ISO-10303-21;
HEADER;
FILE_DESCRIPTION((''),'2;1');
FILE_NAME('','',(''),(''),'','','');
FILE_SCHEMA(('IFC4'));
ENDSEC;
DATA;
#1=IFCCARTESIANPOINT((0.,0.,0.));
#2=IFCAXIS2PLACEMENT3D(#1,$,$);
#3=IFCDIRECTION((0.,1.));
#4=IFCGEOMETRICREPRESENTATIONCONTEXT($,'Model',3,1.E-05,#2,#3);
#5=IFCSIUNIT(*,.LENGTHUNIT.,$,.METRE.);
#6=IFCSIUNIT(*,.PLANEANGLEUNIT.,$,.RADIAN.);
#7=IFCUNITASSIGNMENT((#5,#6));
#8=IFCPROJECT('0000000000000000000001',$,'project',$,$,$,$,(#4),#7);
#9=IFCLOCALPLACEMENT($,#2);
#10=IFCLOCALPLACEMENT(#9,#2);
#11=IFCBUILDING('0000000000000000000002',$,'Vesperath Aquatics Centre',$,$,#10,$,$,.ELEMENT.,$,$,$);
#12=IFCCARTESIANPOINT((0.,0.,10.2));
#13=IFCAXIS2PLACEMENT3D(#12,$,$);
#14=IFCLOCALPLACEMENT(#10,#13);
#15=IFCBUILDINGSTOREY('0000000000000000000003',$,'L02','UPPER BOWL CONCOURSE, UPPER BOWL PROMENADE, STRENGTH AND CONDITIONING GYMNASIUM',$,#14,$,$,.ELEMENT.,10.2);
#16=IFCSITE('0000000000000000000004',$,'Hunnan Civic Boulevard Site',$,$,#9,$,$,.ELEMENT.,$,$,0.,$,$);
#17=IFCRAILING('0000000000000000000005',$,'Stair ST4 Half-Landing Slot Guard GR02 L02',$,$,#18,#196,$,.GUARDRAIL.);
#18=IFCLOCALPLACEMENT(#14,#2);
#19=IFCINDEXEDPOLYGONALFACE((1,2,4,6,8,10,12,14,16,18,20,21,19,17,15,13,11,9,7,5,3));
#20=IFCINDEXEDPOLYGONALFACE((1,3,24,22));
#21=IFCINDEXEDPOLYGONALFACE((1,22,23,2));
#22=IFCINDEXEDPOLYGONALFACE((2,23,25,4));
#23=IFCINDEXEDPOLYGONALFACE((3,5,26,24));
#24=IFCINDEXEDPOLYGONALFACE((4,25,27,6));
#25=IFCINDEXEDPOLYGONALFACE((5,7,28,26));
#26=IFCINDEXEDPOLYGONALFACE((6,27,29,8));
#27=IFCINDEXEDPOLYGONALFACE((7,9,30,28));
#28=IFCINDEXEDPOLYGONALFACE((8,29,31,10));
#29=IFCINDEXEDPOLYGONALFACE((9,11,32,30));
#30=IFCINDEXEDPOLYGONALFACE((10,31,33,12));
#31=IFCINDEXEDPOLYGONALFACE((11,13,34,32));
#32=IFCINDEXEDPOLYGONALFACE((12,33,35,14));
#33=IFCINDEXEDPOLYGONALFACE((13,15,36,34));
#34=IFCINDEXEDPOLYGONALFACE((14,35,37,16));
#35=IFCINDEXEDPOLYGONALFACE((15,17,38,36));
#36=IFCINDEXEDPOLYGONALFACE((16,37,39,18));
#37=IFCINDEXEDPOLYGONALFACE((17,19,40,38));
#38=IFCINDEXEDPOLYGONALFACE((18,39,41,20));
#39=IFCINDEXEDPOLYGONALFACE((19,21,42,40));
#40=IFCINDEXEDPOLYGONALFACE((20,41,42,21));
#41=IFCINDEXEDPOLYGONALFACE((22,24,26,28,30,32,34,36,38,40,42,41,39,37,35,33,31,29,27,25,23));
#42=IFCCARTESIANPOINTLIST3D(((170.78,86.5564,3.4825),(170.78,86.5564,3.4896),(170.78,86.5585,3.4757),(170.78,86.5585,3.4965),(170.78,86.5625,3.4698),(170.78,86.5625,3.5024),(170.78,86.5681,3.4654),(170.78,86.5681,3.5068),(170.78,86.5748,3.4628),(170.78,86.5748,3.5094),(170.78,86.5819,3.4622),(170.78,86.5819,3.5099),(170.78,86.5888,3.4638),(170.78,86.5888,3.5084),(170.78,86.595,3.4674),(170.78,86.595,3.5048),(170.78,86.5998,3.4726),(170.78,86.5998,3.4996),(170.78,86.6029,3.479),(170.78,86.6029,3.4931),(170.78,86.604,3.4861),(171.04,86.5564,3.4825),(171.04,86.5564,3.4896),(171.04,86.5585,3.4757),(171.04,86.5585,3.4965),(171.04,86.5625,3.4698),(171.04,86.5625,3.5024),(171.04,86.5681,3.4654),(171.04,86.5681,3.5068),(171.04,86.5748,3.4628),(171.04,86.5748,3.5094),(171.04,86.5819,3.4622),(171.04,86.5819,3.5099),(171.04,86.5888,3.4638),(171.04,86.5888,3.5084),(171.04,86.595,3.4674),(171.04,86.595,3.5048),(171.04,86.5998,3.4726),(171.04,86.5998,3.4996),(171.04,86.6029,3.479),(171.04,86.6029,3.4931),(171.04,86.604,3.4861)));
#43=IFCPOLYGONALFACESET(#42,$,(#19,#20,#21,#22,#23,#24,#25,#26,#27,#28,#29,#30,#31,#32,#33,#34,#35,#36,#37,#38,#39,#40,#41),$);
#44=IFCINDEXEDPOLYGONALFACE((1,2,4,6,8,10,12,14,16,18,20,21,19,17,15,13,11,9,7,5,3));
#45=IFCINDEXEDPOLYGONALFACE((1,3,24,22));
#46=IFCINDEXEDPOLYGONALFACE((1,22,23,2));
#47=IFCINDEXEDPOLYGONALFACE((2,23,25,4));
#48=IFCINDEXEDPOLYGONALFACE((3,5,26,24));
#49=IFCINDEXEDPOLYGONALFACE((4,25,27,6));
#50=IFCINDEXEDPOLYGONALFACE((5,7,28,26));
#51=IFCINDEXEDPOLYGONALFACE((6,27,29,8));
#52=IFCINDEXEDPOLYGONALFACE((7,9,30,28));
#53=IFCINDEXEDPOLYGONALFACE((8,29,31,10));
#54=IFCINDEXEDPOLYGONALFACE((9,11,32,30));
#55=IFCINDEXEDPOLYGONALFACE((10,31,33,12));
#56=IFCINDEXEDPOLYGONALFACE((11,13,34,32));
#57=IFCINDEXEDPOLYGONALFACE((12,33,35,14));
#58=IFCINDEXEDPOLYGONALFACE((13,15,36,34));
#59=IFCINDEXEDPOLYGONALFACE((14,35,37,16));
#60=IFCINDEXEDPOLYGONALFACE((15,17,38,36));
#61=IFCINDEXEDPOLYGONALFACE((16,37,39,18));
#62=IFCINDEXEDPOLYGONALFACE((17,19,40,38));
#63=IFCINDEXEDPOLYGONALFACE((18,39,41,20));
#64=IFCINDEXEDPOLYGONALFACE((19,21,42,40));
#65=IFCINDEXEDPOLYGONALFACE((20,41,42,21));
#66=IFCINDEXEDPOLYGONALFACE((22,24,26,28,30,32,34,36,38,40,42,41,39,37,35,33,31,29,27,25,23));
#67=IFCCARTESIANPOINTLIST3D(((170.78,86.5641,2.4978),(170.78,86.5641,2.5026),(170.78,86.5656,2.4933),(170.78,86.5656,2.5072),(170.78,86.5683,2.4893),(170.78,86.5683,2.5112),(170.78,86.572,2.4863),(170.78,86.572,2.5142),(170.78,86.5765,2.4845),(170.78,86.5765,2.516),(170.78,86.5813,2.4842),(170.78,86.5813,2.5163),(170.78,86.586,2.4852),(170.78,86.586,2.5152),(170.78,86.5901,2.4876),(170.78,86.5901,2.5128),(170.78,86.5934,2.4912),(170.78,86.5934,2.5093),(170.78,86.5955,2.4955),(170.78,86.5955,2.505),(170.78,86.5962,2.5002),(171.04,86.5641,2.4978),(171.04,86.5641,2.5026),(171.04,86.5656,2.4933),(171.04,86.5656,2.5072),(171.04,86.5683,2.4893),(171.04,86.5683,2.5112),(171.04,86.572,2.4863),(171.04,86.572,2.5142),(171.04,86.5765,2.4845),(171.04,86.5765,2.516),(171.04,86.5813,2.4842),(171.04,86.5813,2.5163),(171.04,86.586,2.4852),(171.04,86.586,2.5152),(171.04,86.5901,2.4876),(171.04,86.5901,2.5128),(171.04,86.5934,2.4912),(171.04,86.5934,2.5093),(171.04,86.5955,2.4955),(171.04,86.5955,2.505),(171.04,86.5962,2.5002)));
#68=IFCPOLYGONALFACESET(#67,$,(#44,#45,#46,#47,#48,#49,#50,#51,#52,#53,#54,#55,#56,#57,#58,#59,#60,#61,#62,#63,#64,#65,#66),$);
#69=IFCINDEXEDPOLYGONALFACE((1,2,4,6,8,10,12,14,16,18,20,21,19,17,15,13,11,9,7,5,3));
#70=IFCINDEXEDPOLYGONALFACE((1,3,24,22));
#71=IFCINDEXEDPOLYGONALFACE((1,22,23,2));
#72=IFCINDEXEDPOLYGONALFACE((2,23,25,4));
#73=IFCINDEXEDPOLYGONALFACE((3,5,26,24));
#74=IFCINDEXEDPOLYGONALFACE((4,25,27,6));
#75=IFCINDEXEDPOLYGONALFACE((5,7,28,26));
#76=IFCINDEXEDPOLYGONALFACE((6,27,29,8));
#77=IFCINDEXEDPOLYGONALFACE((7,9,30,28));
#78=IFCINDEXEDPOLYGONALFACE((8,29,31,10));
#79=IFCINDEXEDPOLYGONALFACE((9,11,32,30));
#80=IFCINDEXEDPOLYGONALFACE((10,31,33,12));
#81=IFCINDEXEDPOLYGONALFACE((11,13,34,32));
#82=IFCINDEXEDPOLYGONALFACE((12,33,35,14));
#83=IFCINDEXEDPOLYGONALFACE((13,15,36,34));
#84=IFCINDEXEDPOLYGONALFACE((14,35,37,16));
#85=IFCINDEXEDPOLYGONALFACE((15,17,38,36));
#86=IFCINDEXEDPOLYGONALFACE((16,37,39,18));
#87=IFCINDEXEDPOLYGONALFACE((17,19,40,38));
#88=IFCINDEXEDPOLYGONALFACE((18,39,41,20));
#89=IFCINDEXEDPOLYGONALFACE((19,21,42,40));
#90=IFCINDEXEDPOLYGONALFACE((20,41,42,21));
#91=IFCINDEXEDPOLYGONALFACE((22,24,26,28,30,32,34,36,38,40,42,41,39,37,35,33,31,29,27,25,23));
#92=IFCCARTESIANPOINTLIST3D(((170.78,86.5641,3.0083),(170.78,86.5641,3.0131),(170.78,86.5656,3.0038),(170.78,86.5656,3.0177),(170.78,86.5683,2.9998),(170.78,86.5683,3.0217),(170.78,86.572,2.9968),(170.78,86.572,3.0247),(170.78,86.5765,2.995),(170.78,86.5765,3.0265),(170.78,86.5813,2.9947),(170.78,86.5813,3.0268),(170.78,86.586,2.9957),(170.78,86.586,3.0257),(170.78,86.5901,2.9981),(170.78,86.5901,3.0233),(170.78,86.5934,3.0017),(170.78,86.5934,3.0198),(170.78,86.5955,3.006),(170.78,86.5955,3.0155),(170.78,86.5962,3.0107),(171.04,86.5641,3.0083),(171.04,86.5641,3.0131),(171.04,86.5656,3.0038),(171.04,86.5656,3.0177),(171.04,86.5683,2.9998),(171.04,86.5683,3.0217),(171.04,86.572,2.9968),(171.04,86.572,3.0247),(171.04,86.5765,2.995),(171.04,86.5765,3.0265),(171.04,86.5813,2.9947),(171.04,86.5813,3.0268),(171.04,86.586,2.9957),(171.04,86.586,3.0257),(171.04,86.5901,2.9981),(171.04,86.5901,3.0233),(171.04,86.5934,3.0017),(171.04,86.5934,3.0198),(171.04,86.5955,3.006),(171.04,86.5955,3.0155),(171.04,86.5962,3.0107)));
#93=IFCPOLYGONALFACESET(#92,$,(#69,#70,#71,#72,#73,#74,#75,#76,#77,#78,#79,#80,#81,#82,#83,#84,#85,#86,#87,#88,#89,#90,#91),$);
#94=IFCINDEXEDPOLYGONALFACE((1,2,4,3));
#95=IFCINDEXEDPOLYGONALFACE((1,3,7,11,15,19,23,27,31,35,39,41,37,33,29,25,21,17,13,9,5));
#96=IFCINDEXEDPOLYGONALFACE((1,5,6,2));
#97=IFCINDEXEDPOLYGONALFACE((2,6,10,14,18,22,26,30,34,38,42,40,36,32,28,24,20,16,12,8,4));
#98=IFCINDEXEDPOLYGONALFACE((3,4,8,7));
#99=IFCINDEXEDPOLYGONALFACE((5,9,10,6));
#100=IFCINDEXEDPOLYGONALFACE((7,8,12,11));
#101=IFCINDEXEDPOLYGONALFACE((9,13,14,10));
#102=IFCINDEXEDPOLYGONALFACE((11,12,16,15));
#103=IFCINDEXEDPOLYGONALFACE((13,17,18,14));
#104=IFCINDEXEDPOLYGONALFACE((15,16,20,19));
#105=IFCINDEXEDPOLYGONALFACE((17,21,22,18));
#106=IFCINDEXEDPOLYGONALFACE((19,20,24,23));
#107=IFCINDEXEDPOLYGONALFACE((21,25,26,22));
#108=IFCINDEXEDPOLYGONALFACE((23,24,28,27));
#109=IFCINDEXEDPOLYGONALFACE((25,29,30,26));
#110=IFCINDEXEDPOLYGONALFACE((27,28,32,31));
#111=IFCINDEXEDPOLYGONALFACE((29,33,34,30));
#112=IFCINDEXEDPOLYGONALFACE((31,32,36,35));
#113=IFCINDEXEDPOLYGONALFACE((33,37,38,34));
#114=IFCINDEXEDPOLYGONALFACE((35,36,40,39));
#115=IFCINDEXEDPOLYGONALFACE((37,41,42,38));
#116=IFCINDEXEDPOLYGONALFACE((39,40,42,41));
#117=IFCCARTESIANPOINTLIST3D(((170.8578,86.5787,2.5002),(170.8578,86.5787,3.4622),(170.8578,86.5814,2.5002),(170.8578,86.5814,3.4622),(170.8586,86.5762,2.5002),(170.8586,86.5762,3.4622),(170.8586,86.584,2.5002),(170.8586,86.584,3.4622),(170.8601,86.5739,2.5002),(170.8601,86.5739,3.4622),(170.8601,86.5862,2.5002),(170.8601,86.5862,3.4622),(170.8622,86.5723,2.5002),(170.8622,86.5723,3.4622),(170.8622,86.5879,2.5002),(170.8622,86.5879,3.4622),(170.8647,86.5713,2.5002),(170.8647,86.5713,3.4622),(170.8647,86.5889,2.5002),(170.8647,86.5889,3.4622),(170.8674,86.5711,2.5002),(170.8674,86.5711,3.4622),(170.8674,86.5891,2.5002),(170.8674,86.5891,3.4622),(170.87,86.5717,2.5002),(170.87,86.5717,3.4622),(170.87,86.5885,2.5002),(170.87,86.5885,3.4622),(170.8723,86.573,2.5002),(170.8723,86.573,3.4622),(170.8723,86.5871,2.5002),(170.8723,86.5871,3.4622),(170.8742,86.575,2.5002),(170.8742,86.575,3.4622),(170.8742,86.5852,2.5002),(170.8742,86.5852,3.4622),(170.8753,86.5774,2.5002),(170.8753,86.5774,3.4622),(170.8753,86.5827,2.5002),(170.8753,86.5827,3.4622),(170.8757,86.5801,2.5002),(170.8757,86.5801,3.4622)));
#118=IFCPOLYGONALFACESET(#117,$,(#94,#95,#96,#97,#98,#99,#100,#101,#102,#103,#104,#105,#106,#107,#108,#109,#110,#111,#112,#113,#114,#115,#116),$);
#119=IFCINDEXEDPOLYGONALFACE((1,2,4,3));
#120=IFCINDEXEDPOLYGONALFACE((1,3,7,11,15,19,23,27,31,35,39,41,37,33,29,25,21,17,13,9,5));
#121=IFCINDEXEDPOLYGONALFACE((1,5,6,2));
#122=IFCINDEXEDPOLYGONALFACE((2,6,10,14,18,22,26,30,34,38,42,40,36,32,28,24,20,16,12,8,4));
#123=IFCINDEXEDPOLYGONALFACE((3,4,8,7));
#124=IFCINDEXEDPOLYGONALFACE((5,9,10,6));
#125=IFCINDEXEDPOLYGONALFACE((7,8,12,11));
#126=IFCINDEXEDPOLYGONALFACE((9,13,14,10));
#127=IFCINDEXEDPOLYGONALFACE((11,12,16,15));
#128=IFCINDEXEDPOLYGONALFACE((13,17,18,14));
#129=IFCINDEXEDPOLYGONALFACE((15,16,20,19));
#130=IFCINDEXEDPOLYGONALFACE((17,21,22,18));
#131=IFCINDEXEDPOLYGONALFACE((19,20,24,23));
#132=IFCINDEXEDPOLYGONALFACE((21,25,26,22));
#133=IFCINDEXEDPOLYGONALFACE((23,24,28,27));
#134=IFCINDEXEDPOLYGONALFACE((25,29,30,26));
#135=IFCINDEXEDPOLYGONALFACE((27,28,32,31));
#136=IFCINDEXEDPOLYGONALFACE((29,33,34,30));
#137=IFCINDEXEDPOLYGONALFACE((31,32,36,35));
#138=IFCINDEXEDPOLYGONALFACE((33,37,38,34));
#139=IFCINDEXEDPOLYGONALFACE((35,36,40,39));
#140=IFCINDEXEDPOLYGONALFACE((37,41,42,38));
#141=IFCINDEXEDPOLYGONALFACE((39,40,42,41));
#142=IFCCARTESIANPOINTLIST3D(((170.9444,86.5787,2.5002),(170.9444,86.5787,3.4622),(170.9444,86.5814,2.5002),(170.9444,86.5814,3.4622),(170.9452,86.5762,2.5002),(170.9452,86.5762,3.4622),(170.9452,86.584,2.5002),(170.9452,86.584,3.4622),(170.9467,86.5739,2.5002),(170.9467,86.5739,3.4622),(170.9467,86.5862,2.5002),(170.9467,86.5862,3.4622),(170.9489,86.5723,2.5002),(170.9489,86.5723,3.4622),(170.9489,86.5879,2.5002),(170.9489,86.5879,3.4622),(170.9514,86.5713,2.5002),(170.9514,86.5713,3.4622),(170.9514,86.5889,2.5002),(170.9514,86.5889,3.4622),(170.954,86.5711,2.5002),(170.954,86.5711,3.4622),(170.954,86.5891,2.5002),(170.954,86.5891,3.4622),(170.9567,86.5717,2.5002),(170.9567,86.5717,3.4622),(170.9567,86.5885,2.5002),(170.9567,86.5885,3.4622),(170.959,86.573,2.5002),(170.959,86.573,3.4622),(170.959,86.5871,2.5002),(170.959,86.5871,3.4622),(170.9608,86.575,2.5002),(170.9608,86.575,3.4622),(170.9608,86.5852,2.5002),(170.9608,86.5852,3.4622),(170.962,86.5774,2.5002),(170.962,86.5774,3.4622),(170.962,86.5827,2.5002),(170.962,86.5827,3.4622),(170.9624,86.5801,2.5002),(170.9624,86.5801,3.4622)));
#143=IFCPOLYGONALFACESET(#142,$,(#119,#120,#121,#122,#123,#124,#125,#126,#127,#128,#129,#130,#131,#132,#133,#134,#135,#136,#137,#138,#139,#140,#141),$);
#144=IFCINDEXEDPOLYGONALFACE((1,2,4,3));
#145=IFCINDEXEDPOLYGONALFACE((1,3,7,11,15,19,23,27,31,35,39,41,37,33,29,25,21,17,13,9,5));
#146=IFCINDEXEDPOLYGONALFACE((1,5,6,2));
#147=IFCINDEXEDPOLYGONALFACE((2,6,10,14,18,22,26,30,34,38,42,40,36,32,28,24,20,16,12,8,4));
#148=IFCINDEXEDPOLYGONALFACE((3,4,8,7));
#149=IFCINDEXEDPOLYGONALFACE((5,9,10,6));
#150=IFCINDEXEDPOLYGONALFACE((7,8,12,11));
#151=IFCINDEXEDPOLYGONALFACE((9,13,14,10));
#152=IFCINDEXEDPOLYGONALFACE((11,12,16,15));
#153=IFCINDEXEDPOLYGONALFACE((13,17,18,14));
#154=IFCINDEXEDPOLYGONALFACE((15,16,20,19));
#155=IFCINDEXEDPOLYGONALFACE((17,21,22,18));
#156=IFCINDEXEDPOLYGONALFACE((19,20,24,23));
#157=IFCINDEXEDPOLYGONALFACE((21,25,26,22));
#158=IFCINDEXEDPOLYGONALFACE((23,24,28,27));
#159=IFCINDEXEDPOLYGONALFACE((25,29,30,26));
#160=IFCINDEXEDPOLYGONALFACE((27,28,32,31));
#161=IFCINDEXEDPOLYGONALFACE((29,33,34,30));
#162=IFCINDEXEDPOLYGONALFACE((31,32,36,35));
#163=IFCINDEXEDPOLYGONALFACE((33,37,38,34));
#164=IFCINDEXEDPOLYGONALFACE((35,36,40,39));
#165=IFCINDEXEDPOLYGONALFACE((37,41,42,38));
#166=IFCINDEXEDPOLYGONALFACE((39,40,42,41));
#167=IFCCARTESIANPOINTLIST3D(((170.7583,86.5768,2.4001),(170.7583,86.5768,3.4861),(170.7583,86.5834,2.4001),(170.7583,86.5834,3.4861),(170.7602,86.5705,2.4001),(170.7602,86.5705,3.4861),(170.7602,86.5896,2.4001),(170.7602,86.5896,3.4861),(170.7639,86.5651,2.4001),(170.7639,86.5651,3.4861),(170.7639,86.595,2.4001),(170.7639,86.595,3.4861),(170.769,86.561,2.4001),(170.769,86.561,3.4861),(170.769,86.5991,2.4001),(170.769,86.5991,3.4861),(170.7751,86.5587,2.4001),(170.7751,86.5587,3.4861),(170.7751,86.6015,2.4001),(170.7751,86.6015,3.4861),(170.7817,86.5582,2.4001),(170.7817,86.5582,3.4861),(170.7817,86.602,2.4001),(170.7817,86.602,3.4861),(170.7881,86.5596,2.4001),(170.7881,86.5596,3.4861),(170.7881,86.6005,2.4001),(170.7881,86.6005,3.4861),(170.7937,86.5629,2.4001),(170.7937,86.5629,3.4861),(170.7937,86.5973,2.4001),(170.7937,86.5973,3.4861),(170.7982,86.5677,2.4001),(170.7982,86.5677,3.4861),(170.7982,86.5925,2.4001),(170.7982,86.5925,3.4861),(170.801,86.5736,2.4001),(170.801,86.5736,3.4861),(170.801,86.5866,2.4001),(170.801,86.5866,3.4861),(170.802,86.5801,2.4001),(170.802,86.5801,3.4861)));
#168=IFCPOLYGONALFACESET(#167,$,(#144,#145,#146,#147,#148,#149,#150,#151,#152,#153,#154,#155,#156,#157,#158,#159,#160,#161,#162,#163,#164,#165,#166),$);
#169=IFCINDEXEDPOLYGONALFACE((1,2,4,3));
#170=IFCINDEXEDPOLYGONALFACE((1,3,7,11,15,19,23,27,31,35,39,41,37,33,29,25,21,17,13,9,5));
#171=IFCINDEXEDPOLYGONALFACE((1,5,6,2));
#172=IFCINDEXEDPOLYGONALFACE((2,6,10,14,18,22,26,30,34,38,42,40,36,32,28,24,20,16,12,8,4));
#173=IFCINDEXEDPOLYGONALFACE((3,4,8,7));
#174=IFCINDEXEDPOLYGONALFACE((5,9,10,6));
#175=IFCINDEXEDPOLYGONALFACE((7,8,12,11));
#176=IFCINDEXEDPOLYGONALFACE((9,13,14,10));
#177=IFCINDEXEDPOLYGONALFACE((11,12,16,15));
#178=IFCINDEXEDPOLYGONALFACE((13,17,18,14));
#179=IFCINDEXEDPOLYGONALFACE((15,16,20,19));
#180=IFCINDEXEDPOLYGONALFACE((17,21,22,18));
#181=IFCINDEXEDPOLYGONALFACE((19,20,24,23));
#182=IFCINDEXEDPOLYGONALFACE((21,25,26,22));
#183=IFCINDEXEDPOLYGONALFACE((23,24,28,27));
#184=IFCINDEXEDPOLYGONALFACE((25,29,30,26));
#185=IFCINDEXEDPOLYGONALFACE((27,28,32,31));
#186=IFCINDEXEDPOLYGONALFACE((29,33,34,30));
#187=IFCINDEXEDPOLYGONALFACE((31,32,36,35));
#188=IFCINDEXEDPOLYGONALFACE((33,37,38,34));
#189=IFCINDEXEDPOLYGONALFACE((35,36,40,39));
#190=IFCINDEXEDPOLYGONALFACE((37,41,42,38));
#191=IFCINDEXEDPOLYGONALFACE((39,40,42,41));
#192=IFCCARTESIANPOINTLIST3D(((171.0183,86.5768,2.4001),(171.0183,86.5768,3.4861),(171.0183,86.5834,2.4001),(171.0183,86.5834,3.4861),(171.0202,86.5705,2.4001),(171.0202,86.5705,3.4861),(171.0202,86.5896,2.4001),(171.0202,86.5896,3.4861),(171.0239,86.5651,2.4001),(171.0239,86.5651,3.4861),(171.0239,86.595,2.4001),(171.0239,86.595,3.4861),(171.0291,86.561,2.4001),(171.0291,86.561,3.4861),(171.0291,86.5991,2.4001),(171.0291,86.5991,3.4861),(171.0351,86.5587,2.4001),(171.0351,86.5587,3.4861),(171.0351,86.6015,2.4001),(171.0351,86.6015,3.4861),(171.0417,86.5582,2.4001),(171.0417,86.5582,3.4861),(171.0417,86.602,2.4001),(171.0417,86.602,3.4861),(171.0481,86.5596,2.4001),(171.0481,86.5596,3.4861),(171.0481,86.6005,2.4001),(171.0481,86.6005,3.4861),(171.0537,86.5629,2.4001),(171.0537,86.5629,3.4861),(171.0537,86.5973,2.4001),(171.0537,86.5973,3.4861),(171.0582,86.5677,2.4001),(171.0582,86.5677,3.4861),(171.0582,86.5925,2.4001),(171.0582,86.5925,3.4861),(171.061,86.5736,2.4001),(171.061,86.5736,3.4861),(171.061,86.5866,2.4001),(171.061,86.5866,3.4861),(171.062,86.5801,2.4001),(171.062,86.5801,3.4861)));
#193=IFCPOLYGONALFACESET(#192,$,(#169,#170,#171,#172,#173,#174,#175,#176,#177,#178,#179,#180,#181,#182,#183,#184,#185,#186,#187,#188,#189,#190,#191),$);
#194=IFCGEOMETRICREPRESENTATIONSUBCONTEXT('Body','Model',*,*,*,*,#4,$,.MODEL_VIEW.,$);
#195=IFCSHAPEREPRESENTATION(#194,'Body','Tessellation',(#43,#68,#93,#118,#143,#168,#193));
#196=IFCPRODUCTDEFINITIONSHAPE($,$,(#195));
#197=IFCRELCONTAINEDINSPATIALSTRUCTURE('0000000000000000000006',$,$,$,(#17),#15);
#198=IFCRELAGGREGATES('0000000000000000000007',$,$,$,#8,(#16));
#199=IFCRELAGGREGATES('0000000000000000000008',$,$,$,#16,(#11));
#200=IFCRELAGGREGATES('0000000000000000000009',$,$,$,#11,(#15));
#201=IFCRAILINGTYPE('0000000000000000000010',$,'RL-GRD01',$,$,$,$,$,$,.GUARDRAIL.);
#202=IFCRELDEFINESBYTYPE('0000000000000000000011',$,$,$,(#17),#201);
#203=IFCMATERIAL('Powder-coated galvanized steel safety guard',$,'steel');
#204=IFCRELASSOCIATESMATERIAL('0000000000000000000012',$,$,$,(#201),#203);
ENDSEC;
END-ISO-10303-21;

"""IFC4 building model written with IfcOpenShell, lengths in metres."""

from ifc_helpers import new_model, si_unit, direction, frame, origin, origin_2d, place, context, subcontext, project, spatial, circle, extrude, material, type_object, element, save


model = new_model("IFC4")

# Units and contexts
model_context = context("Model", 3, precision=1e-05, world=origin(), true_north=direction((0.0, 1.0)))
body_context = subcontext(model_context, "Body", "Model", "MODEL_VIEW")
ifc_project = project(units=[si_unit("LENGTHUNIT", "METRE"), si_unit("PLANEANGLEUNIT", "RADIAN")], contexts=[model_context])

# Site, building, storey
site_placement = place(None, origin())
site = spatial("IfcSite", under=ifc_project, at=site_placement, Name="Hunnan Civic Boulevard Site", CompositionType="ELEMENT", RefElevation=0.0)
building_placement = place(site_placement, origin())
building = spatial("IfcBuilding", under=site, at=building_placement, Name="Vesperath Aquatics Centre", CompositionType="ELEMENT")
storey_placement = place(building_placement, frame((0.0, 0.0, 10.2)))
storey = spatial("IfcBuildingStorey", under=building, at=storey_placement, Name="L02", Description="UPPER BOWL CONCOURSE, UPPER BOWL PROMENADE, STRENGTH AND CONDITIONING GYMNASIUM", CompositionType="ELEMENT", Elevation=10.2)

# Railing
ifc_material_1 = material(Name="Powder-coated galvanized steel safety guard", Category="steel")
railing_type_1 = type_object("IfcRailingType", Name="RL-GRD01", PredefinedType="GUARDRAIL", material=ifc_material_1)
railing_1_placement = place(storey_placement, frame((170.78, 86.5801, 2.4001)))
element("IfcRailing", 1, at=railing_1_placement, inside=storey, type_object=railing_type_1, Name="Stair ST4 Half-Landing Slot Guard GR02 L02", PredefinedType="GUARDRAIL", context=body_context, shape_type="SweptSolid", body=[
    extrude(circle(Radius=0.0239, at=origin_2d()), frame((0.0, 0.0, 1.0859), z_axis=(1.0, 0.0, 0.0), x_axis=(0.0, 1.0, 0.0)), (0.0, 0.0, 1.0), 0.26),
    extrude(circle(Radius=0.0161, at=origin_2d()), frame((0.0, 0.0, 0.1001), z_axis=(1.0, 0.0, 0.0), x_axis=(0.0, 1.0, 0.0)), (0.0, 0.0, 1.0), 0.26),
    extrude(circle(Radius=0.0161, at=origin_2d()), frame((0.0, 0.0, 0.6106), z_axis=(1.0, 0.0, 0.0), x_axis=(0.0, 1.0, 0.0)), (0.0, 0.0, 1.0), 0.26),
    extrude(circle(Radius=0.009, at=origin_2d()), frame((0.0867, 0.0, 0.1001)), (0.0, 0.0, 1.0), 0.9619),
    extrude(circle(Radius=0.009, at=origin_2d()), frame((0.1733, 0.0, 0.1001)), (0.0, 0.0, 1.0), 0.9619),
    extrude(circle(Radius=0.022, at=origin_2d()), origin(), (0.0, 0.0, 1.0), 1.0859),
    extrude(circle(Radius=0.022, at=origin_2d()), frame((0.26, 0.0, 0.0)), (0.0, 0.0, 1.0), 1.0859),
])

save(model, "model.ifc")
